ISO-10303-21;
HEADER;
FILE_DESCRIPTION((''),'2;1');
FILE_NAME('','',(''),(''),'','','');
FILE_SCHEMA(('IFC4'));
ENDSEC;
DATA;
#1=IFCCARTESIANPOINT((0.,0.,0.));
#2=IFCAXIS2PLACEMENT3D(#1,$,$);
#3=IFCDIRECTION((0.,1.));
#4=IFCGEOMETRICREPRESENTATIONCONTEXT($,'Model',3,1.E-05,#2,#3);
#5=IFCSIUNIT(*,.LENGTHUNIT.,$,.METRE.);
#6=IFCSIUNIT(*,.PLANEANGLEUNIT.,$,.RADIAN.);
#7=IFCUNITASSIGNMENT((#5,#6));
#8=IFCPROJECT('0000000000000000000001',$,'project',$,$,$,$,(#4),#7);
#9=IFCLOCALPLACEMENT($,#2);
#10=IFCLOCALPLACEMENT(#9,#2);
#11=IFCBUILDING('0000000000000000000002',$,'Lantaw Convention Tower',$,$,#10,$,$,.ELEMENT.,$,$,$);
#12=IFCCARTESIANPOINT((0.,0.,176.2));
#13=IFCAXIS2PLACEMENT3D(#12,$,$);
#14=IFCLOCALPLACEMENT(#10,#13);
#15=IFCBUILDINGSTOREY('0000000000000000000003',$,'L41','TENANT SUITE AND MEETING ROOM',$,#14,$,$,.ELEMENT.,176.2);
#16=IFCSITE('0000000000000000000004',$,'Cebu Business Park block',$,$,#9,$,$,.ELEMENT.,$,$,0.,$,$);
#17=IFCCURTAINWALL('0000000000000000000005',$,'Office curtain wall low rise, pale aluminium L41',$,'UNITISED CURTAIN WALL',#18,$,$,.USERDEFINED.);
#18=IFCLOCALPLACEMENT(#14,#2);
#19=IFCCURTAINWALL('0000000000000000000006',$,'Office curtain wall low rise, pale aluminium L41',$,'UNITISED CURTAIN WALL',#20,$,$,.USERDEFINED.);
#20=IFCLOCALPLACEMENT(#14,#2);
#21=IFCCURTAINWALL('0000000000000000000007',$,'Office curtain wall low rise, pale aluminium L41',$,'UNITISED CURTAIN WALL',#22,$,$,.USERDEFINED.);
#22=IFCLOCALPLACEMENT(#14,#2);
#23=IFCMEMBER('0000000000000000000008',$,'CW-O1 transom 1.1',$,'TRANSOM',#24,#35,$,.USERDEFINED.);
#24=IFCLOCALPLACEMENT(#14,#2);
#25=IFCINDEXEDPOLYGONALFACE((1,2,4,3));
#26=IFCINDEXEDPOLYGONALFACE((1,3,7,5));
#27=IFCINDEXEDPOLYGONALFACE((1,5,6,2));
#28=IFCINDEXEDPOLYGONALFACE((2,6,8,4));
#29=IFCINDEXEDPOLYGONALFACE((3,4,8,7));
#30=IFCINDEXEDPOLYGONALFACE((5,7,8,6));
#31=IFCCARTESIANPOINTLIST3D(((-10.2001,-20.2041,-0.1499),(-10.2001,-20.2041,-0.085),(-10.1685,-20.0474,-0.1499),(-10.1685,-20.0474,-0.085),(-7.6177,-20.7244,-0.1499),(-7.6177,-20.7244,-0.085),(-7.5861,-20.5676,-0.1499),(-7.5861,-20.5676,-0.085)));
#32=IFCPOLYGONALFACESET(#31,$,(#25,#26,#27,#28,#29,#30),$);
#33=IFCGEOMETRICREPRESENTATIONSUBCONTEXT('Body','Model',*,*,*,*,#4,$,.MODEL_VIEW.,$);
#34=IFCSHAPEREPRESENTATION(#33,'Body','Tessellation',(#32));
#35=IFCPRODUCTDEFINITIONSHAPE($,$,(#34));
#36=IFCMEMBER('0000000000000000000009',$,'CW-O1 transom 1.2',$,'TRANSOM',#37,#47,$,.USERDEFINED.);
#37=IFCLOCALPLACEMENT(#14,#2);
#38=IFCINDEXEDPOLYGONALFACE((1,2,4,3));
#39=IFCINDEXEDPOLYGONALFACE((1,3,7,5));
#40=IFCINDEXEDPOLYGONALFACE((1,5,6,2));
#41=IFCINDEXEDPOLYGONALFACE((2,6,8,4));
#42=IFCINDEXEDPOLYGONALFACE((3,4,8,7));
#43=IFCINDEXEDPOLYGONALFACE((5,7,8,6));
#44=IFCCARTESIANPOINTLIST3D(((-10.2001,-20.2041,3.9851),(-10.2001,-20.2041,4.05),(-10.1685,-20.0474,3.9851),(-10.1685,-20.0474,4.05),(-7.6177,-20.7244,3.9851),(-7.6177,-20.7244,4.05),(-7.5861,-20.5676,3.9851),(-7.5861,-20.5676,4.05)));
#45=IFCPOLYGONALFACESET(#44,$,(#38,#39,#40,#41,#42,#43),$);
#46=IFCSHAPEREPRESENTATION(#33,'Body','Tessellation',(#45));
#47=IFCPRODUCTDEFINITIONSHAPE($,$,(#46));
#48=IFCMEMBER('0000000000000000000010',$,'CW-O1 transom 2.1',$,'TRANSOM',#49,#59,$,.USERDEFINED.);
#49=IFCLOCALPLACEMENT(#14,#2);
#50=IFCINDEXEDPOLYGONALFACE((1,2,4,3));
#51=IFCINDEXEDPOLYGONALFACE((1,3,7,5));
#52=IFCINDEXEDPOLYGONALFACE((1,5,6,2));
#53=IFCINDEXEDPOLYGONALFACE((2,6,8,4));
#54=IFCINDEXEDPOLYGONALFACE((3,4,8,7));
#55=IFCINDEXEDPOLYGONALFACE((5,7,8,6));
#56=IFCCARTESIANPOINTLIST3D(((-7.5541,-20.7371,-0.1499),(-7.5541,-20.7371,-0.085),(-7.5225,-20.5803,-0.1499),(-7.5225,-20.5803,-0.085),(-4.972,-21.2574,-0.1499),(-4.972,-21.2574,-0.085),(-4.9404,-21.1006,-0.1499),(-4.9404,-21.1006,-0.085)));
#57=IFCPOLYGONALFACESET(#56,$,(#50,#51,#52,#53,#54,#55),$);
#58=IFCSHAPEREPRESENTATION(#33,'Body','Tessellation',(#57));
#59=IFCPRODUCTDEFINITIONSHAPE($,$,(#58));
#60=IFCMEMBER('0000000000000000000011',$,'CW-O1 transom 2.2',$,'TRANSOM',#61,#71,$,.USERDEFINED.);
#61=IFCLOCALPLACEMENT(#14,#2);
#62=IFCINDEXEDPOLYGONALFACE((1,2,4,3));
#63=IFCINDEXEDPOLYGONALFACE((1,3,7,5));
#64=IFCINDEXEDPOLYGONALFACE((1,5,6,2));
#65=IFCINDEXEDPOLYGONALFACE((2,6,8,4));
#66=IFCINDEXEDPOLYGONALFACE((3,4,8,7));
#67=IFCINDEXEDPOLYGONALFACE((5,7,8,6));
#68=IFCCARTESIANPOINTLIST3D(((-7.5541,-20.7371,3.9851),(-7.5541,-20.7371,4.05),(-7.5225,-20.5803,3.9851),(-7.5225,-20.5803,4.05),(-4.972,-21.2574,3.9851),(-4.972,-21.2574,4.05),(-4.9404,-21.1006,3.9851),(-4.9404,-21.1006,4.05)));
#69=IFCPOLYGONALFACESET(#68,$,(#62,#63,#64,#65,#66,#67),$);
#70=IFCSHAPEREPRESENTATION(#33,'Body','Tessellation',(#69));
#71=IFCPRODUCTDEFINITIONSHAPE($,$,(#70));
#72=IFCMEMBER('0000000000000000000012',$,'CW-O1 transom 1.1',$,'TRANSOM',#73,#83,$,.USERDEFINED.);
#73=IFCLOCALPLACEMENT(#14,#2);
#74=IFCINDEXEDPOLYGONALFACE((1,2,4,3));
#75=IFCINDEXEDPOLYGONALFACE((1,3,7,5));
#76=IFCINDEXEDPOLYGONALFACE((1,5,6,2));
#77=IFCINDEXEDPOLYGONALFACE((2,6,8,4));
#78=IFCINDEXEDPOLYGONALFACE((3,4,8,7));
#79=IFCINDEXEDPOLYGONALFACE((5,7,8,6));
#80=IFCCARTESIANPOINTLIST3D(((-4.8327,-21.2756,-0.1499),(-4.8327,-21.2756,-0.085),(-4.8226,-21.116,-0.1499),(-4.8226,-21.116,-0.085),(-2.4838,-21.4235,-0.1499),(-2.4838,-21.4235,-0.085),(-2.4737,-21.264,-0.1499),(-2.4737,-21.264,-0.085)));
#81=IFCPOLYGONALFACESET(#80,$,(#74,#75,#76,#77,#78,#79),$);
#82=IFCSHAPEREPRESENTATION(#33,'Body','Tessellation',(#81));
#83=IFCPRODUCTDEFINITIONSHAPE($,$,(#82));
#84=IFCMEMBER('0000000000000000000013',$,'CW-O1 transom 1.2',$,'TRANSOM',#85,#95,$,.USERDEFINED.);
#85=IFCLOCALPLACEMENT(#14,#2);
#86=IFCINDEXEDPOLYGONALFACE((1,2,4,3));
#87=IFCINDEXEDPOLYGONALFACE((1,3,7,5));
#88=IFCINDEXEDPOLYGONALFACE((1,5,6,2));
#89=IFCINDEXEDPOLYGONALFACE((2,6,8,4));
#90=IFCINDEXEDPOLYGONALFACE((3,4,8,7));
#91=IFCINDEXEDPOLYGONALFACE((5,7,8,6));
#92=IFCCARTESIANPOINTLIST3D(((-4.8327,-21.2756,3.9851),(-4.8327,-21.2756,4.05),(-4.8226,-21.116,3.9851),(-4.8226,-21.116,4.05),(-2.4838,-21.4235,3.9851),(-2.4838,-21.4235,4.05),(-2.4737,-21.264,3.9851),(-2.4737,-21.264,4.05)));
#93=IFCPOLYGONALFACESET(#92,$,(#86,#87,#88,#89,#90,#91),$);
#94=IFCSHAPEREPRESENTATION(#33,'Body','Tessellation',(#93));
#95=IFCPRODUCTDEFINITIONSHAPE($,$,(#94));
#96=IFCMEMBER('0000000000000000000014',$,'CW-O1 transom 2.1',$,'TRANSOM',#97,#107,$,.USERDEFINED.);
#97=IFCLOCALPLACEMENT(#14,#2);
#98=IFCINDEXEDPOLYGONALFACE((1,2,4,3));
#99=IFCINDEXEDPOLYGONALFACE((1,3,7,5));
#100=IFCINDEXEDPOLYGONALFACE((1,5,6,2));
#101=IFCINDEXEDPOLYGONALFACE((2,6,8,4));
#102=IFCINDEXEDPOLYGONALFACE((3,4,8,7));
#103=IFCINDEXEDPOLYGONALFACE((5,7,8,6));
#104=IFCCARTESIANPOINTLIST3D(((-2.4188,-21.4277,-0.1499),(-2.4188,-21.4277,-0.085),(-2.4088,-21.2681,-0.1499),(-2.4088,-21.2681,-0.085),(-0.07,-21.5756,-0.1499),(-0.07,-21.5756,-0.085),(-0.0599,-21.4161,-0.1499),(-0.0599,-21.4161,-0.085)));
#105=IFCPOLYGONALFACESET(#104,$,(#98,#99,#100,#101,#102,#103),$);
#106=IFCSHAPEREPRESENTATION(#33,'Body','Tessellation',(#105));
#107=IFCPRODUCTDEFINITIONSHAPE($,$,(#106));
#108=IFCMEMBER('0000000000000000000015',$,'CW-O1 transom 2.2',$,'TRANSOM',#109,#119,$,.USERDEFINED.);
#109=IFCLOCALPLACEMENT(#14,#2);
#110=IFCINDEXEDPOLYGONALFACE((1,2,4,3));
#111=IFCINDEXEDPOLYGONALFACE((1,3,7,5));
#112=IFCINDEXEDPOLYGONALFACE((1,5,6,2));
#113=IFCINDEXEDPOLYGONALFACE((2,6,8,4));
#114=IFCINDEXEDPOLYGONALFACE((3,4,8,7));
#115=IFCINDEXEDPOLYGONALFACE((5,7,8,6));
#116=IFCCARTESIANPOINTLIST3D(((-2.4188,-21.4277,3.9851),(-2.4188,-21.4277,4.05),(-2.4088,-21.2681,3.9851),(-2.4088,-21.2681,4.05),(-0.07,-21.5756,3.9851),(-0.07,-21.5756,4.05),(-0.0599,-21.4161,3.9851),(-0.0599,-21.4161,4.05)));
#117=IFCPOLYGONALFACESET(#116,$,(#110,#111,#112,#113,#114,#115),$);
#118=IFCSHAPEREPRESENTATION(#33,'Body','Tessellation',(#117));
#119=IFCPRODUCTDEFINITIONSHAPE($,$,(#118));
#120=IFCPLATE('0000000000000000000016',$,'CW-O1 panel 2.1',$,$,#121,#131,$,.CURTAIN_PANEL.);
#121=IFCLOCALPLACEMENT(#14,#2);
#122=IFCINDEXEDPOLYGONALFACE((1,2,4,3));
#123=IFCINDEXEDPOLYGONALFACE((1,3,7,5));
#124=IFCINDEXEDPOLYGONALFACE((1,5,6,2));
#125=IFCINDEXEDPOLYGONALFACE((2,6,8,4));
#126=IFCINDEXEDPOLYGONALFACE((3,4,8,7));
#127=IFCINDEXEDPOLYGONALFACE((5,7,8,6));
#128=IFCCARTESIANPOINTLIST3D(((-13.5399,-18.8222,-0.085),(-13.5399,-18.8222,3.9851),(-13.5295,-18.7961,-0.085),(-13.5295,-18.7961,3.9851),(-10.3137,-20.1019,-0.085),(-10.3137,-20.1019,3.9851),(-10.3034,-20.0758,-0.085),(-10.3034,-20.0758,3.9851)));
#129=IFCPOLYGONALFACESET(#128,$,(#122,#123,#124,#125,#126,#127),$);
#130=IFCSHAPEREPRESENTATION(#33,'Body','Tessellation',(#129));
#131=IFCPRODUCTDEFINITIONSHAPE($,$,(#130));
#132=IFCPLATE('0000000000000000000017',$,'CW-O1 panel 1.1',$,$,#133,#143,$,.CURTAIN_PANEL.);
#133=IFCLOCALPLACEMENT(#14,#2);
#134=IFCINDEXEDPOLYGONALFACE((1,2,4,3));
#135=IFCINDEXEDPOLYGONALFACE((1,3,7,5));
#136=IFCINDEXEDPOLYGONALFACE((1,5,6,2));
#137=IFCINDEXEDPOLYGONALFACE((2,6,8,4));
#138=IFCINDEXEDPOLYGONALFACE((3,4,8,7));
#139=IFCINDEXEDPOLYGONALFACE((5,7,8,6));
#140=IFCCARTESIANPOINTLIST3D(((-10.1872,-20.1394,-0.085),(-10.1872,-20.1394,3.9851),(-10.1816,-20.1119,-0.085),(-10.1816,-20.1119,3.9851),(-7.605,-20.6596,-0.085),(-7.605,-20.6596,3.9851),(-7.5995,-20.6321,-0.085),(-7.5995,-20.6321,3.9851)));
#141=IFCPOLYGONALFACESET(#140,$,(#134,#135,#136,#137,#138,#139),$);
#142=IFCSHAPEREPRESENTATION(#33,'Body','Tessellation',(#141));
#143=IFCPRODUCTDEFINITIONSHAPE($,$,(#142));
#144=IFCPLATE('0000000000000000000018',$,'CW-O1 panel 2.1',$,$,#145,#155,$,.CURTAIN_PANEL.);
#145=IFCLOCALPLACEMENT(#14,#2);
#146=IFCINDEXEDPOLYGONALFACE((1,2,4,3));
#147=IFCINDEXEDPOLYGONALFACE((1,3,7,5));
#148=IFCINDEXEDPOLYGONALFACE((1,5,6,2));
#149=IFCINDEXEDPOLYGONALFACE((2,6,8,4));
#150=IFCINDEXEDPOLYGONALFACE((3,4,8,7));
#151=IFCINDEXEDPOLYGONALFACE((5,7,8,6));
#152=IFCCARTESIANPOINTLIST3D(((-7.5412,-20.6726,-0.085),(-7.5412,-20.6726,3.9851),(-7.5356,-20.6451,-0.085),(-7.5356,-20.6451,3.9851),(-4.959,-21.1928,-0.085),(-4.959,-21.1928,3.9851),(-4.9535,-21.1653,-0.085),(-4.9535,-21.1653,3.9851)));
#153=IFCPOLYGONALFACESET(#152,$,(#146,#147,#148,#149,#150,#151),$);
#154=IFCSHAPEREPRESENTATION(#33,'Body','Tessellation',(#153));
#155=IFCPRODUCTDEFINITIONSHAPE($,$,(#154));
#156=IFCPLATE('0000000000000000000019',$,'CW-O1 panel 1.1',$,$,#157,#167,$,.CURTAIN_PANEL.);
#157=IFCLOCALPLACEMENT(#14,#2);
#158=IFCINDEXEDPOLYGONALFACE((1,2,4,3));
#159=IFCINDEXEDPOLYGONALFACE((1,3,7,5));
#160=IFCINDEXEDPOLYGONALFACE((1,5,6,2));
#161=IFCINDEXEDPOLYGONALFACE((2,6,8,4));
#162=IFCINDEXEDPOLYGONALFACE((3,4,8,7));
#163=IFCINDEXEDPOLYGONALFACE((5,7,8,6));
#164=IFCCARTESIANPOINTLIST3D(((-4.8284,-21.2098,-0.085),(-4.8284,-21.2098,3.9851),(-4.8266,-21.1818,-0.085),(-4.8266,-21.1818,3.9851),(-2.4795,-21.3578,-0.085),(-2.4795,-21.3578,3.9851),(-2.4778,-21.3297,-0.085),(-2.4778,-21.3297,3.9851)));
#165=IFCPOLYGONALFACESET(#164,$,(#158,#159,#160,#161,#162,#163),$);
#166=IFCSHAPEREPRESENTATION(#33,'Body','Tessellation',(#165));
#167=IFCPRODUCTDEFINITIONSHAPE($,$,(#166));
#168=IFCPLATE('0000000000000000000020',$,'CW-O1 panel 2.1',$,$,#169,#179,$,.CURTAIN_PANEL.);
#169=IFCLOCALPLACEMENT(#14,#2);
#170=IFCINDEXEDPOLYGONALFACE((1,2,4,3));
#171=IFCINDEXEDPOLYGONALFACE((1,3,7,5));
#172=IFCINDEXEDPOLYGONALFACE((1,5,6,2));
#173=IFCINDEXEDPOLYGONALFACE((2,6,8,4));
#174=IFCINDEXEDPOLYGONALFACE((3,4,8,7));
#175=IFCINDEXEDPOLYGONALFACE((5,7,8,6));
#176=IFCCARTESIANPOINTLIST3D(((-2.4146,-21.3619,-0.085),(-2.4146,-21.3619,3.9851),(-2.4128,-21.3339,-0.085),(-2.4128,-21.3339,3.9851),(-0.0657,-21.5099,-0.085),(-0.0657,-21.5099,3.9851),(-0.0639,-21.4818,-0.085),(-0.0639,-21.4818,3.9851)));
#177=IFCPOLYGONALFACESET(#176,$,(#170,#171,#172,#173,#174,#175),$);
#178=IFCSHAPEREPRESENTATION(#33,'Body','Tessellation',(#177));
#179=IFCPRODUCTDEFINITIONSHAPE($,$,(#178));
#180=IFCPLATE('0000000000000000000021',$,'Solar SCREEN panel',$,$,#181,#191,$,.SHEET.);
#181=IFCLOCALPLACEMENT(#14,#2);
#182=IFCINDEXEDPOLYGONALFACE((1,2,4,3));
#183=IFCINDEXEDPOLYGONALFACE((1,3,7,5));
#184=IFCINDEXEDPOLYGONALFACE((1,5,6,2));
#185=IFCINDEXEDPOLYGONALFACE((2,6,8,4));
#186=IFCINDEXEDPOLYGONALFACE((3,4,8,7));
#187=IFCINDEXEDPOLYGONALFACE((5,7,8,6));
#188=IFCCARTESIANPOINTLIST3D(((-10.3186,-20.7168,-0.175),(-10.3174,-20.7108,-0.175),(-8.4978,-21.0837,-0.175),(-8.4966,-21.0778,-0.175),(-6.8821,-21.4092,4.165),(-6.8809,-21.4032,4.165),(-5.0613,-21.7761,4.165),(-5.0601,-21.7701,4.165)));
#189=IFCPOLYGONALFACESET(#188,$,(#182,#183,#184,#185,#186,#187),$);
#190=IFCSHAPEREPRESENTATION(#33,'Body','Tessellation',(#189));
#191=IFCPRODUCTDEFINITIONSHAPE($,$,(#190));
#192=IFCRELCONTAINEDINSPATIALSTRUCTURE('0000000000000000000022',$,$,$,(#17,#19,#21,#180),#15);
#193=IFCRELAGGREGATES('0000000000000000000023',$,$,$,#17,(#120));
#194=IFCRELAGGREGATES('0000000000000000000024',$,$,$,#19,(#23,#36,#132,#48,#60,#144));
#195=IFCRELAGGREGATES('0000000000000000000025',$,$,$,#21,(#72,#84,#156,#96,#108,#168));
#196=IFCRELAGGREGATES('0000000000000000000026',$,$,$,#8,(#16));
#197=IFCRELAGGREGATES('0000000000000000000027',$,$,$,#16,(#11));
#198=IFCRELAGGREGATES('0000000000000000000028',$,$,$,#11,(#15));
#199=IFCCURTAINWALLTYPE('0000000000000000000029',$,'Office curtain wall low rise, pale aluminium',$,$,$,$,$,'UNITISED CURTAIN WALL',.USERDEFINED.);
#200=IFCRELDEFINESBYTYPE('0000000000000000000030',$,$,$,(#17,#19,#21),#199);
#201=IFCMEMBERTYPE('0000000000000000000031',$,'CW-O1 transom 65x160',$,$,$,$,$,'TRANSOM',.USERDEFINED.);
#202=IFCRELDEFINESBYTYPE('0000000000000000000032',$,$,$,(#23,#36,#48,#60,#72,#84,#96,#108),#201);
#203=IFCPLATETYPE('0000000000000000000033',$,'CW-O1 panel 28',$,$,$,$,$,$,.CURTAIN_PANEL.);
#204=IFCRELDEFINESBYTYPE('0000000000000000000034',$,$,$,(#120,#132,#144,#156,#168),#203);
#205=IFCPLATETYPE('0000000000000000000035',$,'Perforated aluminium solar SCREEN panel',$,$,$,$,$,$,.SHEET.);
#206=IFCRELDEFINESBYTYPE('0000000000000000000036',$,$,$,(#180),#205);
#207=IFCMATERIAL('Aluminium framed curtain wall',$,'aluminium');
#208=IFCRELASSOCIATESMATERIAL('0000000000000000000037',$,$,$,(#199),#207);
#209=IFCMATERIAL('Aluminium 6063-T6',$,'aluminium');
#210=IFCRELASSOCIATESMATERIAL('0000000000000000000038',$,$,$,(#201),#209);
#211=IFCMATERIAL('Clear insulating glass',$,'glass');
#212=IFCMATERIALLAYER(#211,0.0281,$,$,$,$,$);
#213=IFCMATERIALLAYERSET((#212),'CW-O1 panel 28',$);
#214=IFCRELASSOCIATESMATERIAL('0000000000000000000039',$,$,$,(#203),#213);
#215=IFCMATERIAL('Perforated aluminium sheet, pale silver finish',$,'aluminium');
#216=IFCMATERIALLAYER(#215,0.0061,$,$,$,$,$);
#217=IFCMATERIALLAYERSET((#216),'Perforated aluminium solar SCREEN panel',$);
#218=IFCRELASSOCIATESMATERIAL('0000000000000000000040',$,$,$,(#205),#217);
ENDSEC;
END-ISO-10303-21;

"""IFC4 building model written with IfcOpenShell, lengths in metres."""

from ifc_helpers import new_model, si_unit, direction, frame, origin, origin_2d, place, context, subcontext, project, spatial, polyline, rectangle, outline, extrude, material, layer, layer_set, material_profile, profile_set, type_object, element, aggregate, save


model = new_model("IFC4")

# Units and contexts
model_context = context("Model", 3, precision=1e-05, world=origin(), true_north=direction((0.0, 1.0)))
body_context = subcontext(model_context, "Body", "Model", "MODEL_VIEW")
ifc_project = project(units=[si_unit("LENGTHUNIT", "METRE"), si_unit("PLANEANGLEUNIT", "RADIAN")], contexts=[model_context])

# Site, building, storey
site_placement = place(None, origin())
site = spatial("IfcSite", under=ifc_project, at=site_placement, Name="Cebu Business Park block", CompositionType="ELEMENT", RefElevation=0.0)
building_placement = place(site_placement, origin())
building = spatial("IfcBuilding", under=site, at=building_placement, Name="Lantaw Convention Tower", CompositionType="ELEMENT")
storey_placement = place(building_placement, frame((0.0, 0.0, 176.2)))
storey = spatial("IfcBuildingStorey", under=building, at=storey_placement, Name="L41", Description="TENANT SUITE AND MEETING ROOM", CompositionType="ELEMENT", Elevation=176.2)

# Curtain wall
ifc_material_1 = material(Name="Aluminium framed curtain wall", Category="aluminium")
curtain_wall_type = type_object("IfcCurtainWallType", Name="Office curtain wall low rise, pale aluminium", ElementType="UNITISED CURTAIN WALL", PredefinedType="USERDEFINED", material=ifc_material_1)
curtain_wall_1_placement = place(storey_placement, origin())
curtain_wall_1 = element("IfcCurtainWall", 1, at=curtain_wall_1_placement, inside=storey, type_object=curtain_wall_type, Name="Office curtain wall low rise, pale aluminium L41", ObjectType="UNITISED CURTAIN WALL", PredefinedType="USERDEFINED")
ifc_material_2 = material(Name="Aluminium 6063-T6", Category="aluminium")

# Curtain walls
curtain_wall_2_placement = place(storey_placement, origin())
curtain_wall_2 = element("IfcCurtainWall", 2, at=curtain_wall_2_placement, inside=storey, type_object=curtain_wall_type, Name="Office curtain wall low rise, pale aluminium L41", ObjectType="UNITISED CURTAIN WALL", PredefinedType="USERDEFINED")
curtain_wall_3_placement = place(storey_placement, origin())
curtain_wall_3 = element("IfcCurtainWall", 3, at=curtain_wall_3_placement, inside=storey, type_object=curtain_wall_type, Name="Office curtain wall low rise, pale aluminium L41", ObjectType="UNITISED CURTAIN WALL", PredefinedType="USERDEFINED")

# Members
ifc_material_profile_1 = material_profile(ifc_material_2, rectangle(XDim=0.1599, YDim=0.0649, at=origin_2d()), Name="CW-O1 transom 65x160")
ifc_profile_set_1 = profile_set([ifc_material_profile_1], Name="Aluminium 6063-T6")
member_type_1 = type_object("IfcMemberType", Name="CW-O1 transom 65x160", ElementType="TRANSOM", PredefinedType="USERDEFINED", material=ifc_profile_set_1)
member_1_placement = place(storey_placement, frame((-10.1843, -20.1257, -0.1174), z_axis=(0.980302, -0.197506, 0.0), x_axis=(0.197506, 0.980302, 0.0)))
member_1 = element("IfcMember", 4, at=member_1_placement, type_object=member_type_1, Name="CW-O1 transom 1.1", ObjectType="TRANSOM", PredefinedType="USERDEFINED", context=body_context, shape_type="SweptSolid", body=[
    extrude(rectangle(XDim=0.1599, YDim=0.0649, at=origin_2d()), origin(), (0.0, 0.0, 1.0), 2.6343),
])
member_2_placement = place(storey_placement, frame((-10.1843, -20.1257, 4.0176), z_axis=(0.980302, -0.197506, 0.0), x_axis=(0.197506, 0.980302, 0.0)))
member_2 = element("IfcMember", 5, at=member_2_placement, type_object=member_type_1, Name="CW-O1 transom 1.2", ObjectType="TRANSOM", PredefinedType="USERDEFINED", context=body_context, shape_type="SweptSolid", body=[
    extrude(rectangle(XDim=0.1599, YDim=0.0649, at=origin_2d()), origin(), (0.0, 0.0, 1.0), 2.6343),
])
member_3_placement = place(storey_placement, frame((-7.5383, -20.6587, -0.1174), z_axis=(0.980298, -0.197524, 0.0), x_axis=(0.197524, 0.980298, 0.0)))
member_3 = element("IfcMember", 6, at=member_3_placement, type_object=member_type_1, Name="CW-O1 transom 2.1", ObjectType="TRANSOM", PredefinedType="USERDEFINED", context=body_context, shape_type="SweptSolid", body=[
    extrude(rectangle(XDim=0.1599, YDim=0.0649, at=origin_2d()), origin(), (0.0, 0.0, 1.0), 2.634),
])
member_4_placement = place(storey_placement, frame((-7.5383, -20.6587, 4.0176), z_axis=(0.980298, -0.197524, 0.0), x_axis=(0.197524, 0.980298, 0.0)))
member_4 = element("IfcMember", 7, at=member_4_placement, type_object=member_type_1, Name="CW-O1 transom 2.2", ObjectType="TRANSOM", PredefinedType="USERDEFINED", context=body_context, shape_type="SweptSolid", body=[
    extrude(rectangle(XDim=0.1599, YDim=0.0649, at=origin_2d()), origin(), (0.0, 0.0, 1.0), 2.634),
])
member_5_placement = place(storey_placement, frame((-4.8276, -21.1958, -0.1174), z_axis=(0.998022, -0.062863, 0.0), x_axis=(0.062863, 0.998022, 0.0)))
member_5 = element("IfcMember", 8, at=member_5_placement, type_object=member_type_1, Name="CW-O1 transom 1.1", ObjectType="TRANSOM", PredefinedType="USERDEFINED", context=body_context, shape_type="SweptSolid", body=[
    extrude(rectangle(XDim=0.1599, YDim=0.0649, at=origin_2d()), origin(), (0.0, 0.0, 1.0), 2.3535),
])
member_6_placement = place(storey_placement, frame((-4.8276, -21.1958, 4.0176), z_axis=(0.998022, -0.062863, 0.0), x_axis=(0.062863, 0.998022, 0.0)))
member_6 = element("IfcMember", 9, at=member_6_placement, type_object=member_type_1, Name="CW-O1 transom 1.2", ObjectType="TRANSOM", PredefinedType="USERDEFINED", context=body_context, shape_type="SweptSolid", body=[
    extrude(rectangle(XDim=0.1599, YDim=0.0649, at=origin_2d()), origin(), (0.0, 0.0, 1.0), 2.3535),
])
member_7_placement = place(storey_placement, frame((-2.4138, -21.3479, -0.1174), z_axis=(0.998022, -0.062863, 0.0), x_axis=(0.062863, 0.998022, 0.0)))
member_7 = element("IfcMember", 10, at=member_7_placement, type_object=member_type_1, Name="CW-O1 transom 2.1", ObjectType="TRANSOM", PredefinedType="USERDEFINED", context=body_context, shape_type="SweptSolid", body=[
    extrude(rectangle(XDim=0.1599, YDim=0.0649, at=origin_2d()), origin(), (0.0, 0.0, 1.0), 2.3535),
])
member_8_placement = place(storey_placement, frame((-2.4138, -21.3479, 4.0176), z_axis=(0.998022, -0.062863, 0.0), x_axis=(0.062863, 0.998022, 0.0)))
member_8 = element("IfcMember", 11, at=member_8_placement, type_object=member_type_1, Name="CW-O1 transom 2.2", ObjectType="TRANSOM", PredefinedType="USERDEFINED", context=body_context, shape_type="SweptSolid", body=[
    extrude(rectangle(XDim=0.1599, YDim=0.0649, at=origin_2d()), origin(), (0.0, 0.0, 1.0), 2.3535),
])

# Plates
ifc_material_3 = material(Name="Clear insulating glass", Category="glass")
ifc_layer_1 = layer(ifc_material_3, 0.0281)
ifc_layer_set_1 = layer_set([ifc_layer_1], Name="CW-O1 panel 28")
plate_type_1 = type_object("IfcPlateType", Name="CW-O1 panel 28", PredefinedType="CURTAIN_PANEL", material=ifc_layer_set_1)
plate_1_placement = place(storey_placement, frame((-11.9216, -19.449, -0.085), z_axis=(0.0, 0.0, 1.0), x_axis=(0.929548, -0.368702, 0.0)))
plate_1 = element("IfcPlate", 12, at=plate_1_placement, type_object=plate_type_1, Name="CW-O1 panel 2.1", PredefinedType="CURTAIN_PANEL", context=body_context, shape_type="SweptSolid", body=[
    extrude(rectangle(XDim=3.4707, YDim=0.0281, at=origin_2d()), origin(), (0.0, 0.0, 1.0), 4.0701),
])
aggregate(curtain_wall_1, [plate_1])
plate_2_placement = place(storey_placement, frame((-8.8933, -20.3857, -0.085), z_axis=(0.0, 0.0, 1.0), x_axis=(0.980302, -0.197507, 0.0)))
plate_2 = element("IfcPlate", 13, at=plate_2_placement, type_object=plate_type_1, Name="CW-O1 panel 1.1", PredefinedType="CURTAIN_PANEL", context=body_context, shape_type="SweptSolid", body=[
    extrude(rectangle(XDim=2.634, YDim=0.0281, at=origin_2d()), origin(), (0.0, 0.0, 1.0), 4.0701),
])
plate_3_placement = place(storey_placement, frame((-6.2473, -20.9189, -0.085), z_axis=(0.0, 0.0, 1.0), x_axis=(0.980302, -0.197507, 0.0)))
plate_3 = element("IfcPlate", 14, at=plate_3_placement, type_object=plate_type_1, Name="CW-O1 panel 2.1", PredefinedType="CURTAIN_PANEL", context=body_context, shape_type="SweptSolid", body=[
    extrude(rectangle(XDim=2.634, YDim=0.0281, at=origin_2d()), origin(), (0.0, 0.0, 1.0), 4.0701),
])
aggregate(curtain_wall_2, [member_1, member_2, plate_2, member_3, member_4, plate_3])
plate_4_placement = place(storey_placement, frame((-3.6531, -21.2698, -0.085), z_axis=(0.0, 0.0, 1.0), x_axis=(0.998022, -0.062865, 0.0)))
plate_4 = element("IfcPlate", 15, at=plate_4_placement, type_object=plate_type_1, Name="CW-O1 panel 1.1", PredefinedType="CURTAIN_PANEL", context=body_context, shape_type="SweptSolid", body=[
    extrude(rectangle(XDim=2.3535, YDim=0.0281, at=origin_2d()), origin(), (0.0, 0.0, 1.0), 4.0701),
])
plate_5_placement = place(storey_placement, frame((-1.2393, -21.4219, -0.085), z_axis=(0.0, 0.0, 1.0), x_axis=(0.998022, -0.062865, 0.0)))
plate_5 = element("IfcPlate", 16, at=plate_5_placement, type_object=plate_type_1, Name="CW-O1 panel 2.1", PredefinedType="CURTAIN_PANEL", context=body_context, shape_type="SweptSolid", body=[
    extrude(rectangle(XDim=2.3535, YDim=0.0281, at=origin_2d()), origin(), (0.0, 0.0, 1.0), 4.0701),
])
aggregate(curtain_wall_3, [member_5, member_6, plate_4, member_7, member_8, plate_5])

# Plate
ifc_material_4 = material(Name="Perforated aluminium sheet, pale silver finish", Category="aluminium")
ifc_layer_2 = layer(ifc_material_4, 0.0061)
ifc_layer_set_2 = layer_set([ifc_layer_2], Name="Perforated aluminium solar SCREEN panel")
plate_type_2 = type_object("IfcPlateType", Name="Perforated aluminium solar SCREEN panel", PredefinedType="SHEET", material=ifc_layer_set_2)
plate_6_placement = place(storey_placement, frame((-10.3186, -20.7168, -0.175), z_axis=(-0.197557, -0.980291, 0.000039), x_axis=(0.980291, -0.197557, 0.0)))
element("IfcPlate", 17, at=plate_6_placement, inside=storey, type_object=plate_type_2, Name="Solar SCREEN panel", PredefinedType="SHEET", context=body_context, shape_type="SweptSolid", body=[
    extrude(outline(polyline([(0.0, 0.0), (1.8574, 0.0), (5.363, 4.3401), (3.5056, 4.3401), (0.0, 0.0)])), origin(), (0.0, 0.0, -1.0), 0.0061),
])

save(model, "model.ifc")
